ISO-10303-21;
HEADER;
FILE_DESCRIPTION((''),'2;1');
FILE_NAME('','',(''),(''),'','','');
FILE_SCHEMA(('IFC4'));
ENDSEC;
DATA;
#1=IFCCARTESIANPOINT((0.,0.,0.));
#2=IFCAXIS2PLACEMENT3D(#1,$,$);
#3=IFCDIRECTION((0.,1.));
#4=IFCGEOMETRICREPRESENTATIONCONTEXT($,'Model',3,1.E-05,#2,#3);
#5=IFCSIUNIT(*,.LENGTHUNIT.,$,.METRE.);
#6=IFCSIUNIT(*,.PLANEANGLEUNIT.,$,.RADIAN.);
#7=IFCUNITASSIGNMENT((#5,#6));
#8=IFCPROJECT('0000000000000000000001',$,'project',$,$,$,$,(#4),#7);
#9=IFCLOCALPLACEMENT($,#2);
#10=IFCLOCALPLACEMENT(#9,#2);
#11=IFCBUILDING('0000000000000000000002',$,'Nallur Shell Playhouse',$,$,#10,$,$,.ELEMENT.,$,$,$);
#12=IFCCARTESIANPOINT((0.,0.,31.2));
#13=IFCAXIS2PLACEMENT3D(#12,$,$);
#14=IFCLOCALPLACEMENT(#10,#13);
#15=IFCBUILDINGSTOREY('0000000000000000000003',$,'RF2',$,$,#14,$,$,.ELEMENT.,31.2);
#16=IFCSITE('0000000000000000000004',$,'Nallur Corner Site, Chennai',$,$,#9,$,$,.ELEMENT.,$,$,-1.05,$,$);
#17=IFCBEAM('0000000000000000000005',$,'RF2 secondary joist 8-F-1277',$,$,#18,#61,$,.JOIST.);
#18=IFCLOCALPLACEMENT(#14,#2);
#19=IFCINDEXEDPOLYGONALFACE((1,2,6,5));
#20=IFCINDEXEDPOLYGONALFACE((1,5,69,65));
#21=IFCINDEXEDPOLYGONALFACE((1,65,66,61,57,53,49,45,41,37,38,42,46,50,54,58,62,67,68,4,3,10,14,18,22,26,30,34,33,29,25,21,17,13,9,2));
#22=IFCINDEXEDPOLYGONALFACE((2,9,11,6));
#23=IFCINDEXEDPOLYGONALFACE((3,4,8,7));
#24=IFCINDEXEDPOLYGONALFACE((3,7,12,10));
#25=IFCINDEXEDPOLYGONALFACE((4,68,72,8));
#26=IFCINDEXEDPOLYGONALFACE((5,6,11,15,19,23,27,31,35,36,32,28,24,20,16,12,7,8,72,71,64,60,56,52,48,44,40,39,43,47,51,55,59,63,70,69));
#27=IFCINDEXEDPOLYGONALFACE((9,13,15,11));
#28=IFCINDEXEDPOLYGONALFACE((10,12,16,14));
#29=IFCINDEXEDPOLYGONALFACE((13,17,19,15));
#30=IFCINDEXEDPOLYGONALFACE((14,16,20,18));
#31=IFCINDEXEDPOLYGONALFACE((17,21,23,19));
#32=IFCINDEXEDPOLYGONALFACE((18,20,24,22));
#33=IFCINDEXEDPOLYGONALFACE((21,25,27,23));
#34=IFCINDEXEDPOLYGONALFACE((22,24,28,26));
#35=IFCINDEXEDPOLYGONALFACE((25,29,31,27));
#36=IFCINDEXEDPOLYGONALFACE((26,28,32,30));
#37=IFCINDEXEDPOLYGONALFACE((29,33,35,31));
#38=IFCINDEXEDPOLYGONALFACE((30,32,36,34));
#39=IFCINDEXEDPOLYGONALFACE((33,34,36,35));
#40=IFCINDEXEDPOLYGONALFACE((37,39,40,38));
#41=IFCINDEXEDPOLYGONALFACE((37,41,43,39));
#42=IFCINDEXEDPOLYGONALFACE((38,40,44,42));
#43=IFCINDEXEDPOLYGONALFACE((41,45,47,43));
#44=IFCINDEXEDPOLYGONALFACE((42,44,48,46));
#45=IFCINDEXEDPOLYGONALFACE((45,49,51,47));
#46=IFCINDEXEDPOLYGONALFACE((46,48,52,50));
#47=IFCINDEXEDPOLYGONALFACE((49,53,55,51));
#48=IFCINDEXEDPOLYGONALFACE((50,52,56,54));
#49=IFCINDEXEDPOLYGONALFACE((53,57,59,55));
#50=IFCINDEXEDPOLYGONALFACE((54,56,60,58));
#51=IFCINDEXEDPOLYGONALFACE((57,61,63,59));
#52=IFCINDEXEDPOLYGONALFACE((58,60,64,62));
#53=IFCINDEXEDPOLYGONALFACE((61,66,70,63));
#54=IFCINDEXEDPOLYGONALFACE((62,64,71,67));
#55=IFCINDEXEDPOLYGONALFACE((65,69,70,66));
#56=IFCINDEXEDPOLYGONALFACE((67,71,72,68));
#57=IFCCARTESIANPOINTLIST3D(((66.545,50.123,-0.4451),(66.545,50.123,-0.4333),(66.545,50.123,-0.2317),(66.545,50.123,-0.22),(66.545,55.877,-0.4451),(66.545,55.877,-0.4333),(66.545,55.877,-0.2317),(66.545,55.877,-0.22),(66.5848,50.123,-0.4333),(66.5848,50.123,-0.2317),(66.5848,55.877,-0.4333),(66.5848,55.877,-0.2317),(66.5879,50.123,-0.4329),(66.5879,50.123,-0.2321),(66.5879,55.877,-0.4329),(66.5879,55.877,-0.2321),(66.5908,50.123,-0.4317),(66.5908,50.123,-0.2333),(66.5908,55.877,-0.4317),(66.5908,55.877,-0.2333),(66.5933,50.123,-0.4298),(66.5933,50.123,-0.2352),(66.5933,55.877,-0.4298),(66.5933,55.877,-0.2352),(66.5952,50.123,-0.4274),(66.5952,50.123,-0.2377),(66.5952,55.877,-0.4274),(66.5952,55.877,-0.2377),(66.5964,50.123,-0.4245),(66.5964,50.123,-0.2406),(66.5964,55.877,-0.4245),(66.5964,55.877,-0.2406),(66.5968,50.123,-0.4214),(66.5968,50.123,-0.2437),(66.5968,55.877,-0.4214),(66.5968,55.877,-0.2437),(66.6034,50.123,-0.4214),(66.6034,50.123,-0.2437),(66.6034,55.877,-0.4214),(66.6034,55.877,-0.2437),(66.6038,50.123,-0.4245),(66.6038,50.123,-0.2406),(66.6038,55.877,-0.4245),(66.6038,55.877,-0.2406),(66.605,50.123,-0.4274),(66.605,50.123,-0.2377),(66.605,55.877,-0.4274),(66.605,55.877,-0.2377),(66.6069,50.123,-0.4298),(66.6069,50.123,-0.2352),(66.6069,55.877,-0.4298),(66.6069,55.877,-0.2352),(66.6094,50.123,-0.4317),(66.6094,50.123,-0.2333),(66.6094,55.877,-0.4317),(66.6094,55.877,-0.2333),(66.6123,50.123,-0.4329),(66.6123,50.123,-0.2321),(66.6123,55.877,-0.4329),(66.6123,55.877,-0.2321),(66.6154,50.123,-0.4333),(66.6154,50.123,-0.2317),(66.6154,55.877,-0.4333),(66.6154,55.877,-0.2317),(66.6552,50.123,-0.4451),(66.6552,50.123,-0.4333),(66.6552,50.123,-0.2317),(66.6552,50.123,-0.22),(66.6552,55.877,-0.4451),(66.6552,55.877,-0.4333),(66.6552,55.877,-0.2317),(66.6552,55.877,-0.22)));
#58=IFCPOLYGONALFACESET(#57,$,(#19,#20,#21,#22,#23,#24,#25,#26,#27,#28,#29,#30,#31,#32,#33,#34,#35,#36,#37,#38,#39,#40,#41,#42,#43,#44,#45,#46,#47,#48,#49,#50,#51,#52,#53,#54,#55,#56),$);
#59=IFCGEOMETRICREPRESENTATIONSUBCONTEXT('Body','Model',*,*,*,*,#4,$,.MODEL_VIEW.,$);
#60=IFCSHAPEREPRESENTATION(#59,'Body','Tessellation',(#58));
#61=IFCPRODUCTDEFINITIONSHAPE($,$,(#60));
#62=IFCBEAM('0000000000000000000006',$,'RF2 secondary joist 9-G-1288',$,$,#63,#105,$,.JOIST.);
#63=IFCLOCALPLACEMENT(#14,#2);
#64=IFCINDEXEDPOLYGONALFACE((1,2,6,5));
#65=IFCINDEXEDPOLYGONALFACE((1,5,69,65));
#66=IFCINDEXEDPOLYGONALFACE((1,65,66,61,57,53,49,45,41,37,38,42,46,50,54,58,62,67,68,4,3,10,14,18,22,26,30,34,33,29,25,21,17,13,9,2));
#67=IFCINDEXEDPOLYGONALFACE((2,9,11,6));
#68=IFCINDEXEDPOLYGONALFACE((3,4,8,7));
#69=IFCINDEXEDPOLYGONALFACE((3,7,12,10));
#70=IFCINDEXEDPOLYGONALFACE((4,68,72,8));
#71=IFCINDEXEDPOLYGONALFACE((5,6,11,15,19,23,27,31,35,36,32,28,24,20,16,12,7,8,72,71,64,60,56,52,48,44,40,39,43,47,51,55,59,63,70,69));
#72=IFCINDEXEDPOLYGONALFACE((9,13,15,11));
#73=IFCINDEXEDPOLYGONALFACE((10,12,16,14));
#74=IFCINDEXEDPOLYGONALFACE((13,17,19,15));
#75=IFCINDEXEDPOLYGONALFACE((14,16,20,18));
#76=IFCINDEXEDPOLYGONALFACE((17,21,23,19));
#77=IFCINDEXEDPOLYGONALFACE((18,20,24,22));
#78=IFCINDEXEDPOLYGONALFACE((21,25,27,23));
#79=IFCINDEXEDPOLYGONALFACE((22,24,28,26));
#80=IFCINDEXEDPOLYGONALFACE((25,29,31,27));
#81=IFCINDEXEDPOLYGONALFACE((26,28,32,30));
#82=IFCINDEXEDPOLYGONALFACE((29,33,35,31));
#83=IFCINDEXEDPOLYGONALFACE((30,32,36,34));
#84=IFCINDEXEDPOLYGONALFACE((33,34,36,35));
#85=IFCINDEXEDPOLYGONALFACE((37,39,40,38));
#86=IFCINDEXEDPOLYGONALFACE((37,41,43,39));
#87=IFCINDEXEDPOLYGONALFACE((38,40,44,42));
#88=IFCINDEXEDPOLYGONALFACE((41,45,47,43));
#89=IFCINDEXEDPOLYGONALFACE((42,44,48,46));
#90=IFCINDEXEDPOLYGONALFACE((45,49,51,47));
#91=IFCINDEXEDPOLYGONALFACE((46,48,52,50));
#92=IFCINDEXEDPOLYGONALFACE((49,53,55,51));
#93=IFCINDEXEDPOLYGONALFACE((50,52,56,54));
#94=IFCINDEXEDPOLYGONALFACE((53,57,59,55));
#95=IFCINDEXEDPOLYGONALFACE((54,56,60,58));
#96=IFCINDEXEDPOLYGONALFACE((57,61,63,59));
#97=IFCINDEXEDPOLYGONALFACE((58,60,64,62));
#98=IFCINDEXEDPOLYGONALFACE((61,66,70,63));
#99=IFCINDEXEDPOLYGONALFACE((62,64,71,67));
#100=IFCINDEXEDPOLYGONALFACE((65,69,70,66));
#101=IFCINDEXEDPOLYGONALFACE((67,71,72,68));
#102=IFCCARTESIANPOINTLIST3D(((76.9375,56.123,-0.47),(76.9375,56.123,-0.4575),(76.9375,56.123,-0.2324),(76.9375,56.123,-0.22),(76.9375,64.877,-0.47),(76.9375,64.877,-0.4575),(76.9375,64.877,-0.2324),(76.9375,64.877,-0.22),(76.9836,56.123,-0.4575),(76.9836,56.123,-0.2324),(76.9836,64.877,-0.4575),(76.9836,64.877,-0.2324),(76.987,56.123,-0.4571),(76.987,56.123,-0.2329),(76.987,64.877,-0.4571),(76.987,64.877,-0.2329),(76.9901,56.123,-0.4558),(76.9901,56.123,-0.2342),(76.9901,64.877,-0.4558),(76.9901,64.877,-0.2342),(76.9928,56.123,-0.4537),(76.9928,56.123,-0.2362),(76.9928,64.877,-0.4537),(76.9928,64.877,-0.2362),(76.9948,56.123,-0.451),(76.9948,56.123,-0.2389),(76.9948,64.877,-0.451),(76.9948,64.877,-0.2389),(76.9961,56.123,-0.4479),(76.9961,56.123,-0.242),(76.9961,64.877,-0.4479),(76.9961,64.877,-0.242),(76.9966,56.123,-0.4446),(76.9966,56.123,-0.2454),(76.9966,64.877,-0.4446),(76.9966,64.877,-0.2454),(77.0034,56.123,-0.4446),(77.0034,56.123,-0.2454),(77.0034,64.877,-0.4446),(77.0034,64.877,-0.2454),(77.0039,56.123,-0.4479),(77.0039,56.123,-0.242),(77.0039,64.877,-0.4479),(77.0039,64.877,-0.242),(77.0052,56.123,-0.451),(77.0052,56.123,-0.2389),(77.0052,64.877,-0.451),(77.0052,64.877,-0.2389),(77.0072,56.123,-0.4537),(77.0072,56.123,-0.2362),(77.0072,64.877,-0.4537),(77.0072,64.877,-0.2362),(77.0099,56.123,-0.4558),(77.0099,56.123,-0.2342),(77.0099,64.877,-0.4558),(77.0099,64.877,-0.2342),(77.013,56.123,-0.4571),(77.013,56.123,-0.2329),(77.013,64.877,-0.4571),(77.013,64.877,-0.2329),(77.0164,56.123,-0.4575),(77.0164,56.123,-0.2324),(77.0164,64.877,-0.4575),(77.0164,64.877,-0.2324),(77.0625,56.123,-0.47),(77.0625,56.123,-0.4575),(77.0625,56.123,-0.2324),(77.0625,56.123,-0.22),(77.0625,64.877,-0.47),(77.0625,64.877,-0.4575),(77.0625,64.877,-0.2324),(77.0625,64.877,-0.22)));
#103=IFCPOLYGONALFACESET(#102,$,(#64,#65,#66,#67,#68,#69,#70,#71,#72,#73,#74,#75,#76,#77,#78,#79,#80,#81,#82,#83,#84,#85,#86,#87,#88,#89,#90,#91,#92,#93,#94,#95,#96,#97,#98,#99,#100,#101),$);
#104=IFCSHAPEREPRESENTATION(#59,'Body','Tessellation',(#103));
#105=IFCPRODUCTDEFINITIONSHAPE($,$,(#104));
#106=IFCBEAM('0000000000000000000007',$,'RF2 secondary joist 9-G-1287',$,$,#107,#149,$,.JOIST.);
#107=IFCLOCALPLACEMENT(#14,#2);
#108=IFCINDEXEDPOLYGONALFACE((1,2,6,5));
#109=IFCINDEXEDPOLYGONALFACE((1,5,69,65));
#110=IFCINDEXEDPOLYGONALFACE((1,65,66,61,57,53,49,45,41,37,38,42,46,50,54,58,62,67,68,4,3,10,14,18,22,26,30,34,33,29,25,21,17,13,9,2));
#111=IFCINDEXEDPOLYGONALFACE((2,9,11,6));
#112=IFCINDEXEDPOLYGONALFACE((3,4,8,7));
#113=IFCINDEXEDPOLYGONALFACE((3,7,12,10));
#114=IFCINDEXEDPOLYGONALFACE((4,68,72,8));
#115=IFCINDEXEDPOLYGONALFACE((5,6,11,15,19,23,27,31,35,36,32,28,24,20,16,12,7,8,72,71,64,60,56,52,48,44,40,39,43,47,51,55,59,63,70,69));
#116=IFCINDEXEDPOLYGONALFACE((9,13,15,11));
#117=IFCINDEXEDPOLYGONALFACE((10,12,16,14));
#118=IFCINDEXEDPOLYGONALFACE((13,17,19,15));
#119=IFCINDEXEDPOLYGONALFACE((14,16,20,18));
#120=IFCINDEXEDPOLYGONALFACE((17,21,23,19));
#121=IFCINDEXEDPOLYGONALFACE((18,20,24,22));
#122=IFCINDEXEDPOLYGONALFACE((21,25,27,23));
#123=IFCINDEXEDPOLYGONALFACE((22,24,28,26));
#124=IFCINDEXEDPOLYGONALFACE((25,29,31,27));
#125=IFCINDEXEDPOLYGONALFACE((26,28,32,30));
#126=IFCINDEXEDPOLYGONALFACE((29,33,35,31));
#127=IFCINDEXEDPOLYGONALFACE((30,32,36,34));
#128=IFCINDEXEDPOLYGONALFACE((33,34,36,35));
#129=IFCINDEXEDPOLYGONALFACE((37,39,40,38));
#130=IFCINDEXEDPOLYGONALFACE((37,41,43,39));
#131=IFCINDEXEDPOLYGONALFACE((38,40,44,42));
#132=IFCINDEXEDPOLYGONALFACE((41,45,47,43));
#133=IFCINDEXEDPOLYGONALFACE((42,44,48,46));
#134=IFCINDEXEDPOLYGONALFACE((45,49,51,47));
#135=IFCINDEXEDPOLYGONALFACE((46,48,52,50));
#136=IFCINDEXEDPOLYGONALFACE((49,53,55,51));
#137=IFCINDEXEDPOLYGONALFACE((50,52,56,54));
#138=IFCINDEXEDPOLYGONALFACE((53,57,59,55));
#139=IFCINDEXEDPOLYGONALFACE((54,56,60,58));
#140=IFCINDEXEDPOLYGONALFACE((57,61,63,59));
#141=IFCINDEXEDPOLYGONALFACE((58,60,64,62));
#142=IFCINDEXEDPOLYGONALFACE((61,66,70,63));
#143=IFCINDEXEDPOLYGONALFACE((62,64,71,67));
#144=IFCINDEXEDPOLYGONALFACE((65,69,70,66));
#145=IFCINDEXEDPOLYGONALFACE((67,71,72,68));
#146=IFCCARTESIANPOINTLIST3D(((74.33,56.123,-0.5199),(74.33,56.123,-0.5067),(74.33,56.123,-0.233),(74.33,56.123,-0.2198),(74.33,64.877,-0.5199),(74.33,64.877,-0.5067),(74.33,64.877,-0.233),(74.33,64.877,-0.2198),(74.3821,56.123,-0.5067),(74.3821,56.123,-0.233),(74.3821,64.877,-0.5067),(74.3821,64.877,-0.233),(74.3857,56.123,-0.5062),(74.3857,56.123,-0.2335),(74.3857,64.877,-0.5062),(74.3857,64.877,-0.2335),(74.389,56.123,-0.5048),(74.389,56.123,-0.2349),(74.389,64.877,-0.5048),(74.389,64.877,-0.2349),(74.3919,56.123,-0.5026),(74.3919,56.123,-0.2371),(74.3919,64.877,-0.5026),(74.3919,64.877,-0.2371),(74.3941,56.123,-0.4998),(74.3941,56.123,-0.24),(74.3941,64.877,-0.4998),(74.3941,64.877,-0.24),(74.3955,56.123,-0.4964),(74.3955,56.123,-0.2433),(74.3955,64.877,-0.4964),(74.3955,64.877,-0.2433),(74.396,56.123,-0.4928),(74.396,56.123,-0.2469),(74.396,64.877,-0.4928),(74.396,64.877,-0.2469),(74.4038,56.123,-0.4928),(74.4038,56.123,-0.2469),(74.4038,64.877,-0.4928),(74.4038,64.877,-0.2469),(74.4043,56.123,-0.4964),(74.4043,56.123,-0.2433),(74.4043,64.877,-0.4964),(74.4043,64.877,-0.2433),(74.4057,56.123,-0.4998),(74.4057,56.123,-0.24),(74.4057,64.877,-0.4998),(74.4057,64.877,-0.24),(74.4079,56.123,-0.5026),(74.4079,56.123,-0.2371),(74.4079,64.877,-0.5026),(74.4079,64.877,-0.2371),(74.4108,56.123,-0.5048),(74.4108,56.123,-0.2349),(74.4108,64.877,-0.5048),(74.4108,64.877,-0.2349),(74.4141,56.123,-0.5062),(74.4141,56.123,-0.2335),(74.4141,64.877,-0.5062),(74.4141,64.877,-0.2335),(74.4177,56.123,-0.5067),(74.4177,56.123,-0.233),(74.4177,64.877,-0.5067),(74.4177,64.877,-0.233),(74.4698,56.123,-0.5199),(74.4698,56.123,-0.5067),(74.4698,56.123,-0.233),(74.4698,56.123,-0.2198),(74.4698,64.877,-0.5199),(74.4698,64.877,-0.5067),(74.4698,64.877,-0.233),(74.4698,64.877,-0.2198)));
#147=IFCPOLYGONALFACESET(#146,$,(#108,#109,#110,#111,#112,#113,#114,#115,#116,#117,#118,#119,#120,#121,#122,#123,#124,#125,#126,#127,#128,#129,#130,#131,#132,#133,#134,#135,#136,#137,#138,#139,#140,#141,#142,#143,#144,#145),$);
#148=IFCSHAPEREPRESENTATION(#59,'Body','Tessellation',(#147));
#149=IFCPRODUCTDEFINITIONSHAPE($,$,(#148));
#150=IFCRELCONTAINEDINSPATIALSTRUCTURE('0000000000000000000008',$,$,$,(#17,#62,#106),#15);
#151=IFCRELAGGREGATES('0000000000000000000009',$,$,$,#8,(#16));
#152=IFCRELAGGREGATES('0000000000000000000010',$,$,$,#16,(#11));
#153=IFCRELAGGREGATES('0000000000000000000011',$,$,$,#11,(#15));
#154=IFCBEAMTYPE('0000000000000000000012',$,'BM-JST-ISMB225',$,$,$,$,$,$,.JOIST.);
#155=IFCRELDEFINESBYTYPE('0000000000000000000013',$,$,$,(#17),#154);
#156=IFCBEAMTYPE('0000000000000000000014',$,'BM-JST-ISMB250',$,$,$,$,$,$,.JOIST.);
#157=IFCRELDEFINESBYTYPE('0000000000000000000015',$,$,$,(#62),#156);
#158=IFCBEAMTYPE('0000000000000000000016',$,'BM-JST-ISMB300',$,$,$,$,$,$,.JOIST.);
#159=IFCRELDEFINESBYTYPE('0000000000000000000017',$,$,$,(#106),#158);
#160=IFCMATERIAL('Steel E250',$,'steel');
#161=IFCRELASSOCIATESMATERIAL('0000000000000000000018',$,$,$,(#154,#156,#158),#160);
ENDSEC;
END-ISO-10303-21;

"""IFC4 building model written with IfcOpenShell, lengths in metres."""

from ifc_helpers import new_model, si_unit, direction, frame, origin, origin_2d, place, context, subcontext, project, spatial, i_section, extrude, material, material_profile, profile_set, type_object, element, save


model = new_model("IFC4")

# Units and contexts
model_context = context("Model", 3, precision=1e-05, world=origin(), true_north=direction((0.0, 1.0)))
body_context = subcontext(model_context, "Body", "Model", "MODEL_VIEW")
ifc_project = project(units=[si_unit("LENGTHUNIT", "METRE"), si_unit("PLANEANGLEUNIT", "RADIAN")], contexts=[model_context])

# Site, building, storey
site_placement = place(None, origin())
site = spatial("IfcSite", under=ifc_project, at=site_placement, Name="Nallur Corner Site, Chennai", CompositionType="ELEMENT", RefElevation=-1.05)
building_placement = place(site_placement, origin())
building = spatial("IfcBuilding", under=site, at=building_placement, Name="Nallur Shell Playhouse", CompositionType="ELEMENT")
storey_placement = place(building_placement, frame((0.0, 0.0, 31.2)))
storey = spatial("IfcBuildingStorey", under=building, at=storey_placement, Name="RF2", CompositionType="ELEMENT", Elevation=31.2)

# Beams
ifc_material_1 = material(Name="Steel E250", Category="steel")
ifc_material_profile_1 = material_profile(ifc_material_1, i_section(OverallWidth=0.1101, OverallDepth=0.2251, WebThickness=0.0066, FlangeThickness=0.0117, FilletRadius=0.012, at=origin_2d()), Name="ISMB 225")
ifc_profile_set_1 = profile_set([ifc_material_profile_1], Name="Steel E250")
beam_type_1 = type_object("IfcBeamType", Name="BM-JST-ISMB225", PredefinedType="JOIST", material=ifc_profile_set_1)
beam_1_placement = place(storey_placement, frame((66.6001, 50.123, -0.3325), z_axis=(0.0, 1.0, 0.0), x_axis=(-1.0, 0.0, 0.0)))
element("IfcBeam", 1, at=beam_1_placement, inside=storey, type_object=beam_type_1, Name="RF2 secondary joist 8-F-1277", PredefinedType="JOIST", context=body_context, shape_type="SweptSolid", body=[
    extrude(i_section(OverallWidth=0.1101, OverallDepth=0.2251, WebThickness=0.0066, FlangeThickness=0.0117, FilletRadius=0.012, at=origin_2d()), origin(), (0.0, 0.0, 1.0), 5.7539),
])
ifc_material_profile_2 = material_profile(ifc_material_1, i_section(OverallWidth=0.125, OverallDepth=0.25, WebThickness=0.0068, FlangeThickness=0.0125, FilletRadius=0.0129, at=origin_2d()), Name="ISMB 250")
ifc_profile_set_2 = profile_set([ifc_material_profile_2], Name="Steel E250")
beam_type_2 = type_object("IfcBeamType", Name="BM-JST-ISMB250", PredefinedType="JOIST", material=ifc_profile_set_2)
beam_2_placement = place(storey_placement, frame((77.0, 56.123, -0.345), z_axis=(0.0, 1.0, 0.0), x_axis=(-1.0, 0.0, 0.0)))
element("IfcBeam", 2, at=beam_2_placement, inside=storey, type_object=beam_type_2, Name="RF2 secondary joist 9-G-1288", PredefinedType="JOIST", context=body_context, shape_type="SweptSolid", body=[
    extrude(i_section(OverallWidth=0.125, OverallDepth=0.25, WebThickness=0.0068, FlangeThickness=0.0125, FilletRadius=0.0129, at=origin_2d()), origin(), (0.0, 0.0, 1.0), 8.7539),
])
ifc_material_profile_3 = material_profile(ifc_material_1, i_section(OverallWidth=0.1399, OverallDepth=0.3, WebThickness=0.0078, FlangeThickness=0.0132, FilletRadius=0.0139, at=origin_2d()), Name="ISMB 300")
ifc_profile_set_3 = profile_set([ifc_material_profile_3], Name="Steel E250")
beam_type_3 = type_object("IfcBeamType", Name="BM-JST-ISMB300", PredefinedType="JOIST", material=ifc_profile_set_3)
beam_3_placement = place(storey_placement, frame((74.3999, 56.123, -0.3699), z_axis=(0.0, 1.0, 0.0), x_axis=(-1.0, 0.0, 0.0)))
element("IfcBeam", 3, at=beam_3_placement, inside=storey, type_object=beam_type_3, Name="RF2 secondary joist 9-G-1287", PredefinedType="JOIST", context=body_context, shape_type="SweptSolid", body=[
    extrude(i_section(OverallWidth=0.1399, OverallDepth=0.3, WebThickness=0.0078, FlangeThickness=0.0132, FilletRadius=0.0139, at=origin_2d()), origin(), (0.0, 0.0, 1.0), 8.7539),
])

save(model, "model.ifc")
